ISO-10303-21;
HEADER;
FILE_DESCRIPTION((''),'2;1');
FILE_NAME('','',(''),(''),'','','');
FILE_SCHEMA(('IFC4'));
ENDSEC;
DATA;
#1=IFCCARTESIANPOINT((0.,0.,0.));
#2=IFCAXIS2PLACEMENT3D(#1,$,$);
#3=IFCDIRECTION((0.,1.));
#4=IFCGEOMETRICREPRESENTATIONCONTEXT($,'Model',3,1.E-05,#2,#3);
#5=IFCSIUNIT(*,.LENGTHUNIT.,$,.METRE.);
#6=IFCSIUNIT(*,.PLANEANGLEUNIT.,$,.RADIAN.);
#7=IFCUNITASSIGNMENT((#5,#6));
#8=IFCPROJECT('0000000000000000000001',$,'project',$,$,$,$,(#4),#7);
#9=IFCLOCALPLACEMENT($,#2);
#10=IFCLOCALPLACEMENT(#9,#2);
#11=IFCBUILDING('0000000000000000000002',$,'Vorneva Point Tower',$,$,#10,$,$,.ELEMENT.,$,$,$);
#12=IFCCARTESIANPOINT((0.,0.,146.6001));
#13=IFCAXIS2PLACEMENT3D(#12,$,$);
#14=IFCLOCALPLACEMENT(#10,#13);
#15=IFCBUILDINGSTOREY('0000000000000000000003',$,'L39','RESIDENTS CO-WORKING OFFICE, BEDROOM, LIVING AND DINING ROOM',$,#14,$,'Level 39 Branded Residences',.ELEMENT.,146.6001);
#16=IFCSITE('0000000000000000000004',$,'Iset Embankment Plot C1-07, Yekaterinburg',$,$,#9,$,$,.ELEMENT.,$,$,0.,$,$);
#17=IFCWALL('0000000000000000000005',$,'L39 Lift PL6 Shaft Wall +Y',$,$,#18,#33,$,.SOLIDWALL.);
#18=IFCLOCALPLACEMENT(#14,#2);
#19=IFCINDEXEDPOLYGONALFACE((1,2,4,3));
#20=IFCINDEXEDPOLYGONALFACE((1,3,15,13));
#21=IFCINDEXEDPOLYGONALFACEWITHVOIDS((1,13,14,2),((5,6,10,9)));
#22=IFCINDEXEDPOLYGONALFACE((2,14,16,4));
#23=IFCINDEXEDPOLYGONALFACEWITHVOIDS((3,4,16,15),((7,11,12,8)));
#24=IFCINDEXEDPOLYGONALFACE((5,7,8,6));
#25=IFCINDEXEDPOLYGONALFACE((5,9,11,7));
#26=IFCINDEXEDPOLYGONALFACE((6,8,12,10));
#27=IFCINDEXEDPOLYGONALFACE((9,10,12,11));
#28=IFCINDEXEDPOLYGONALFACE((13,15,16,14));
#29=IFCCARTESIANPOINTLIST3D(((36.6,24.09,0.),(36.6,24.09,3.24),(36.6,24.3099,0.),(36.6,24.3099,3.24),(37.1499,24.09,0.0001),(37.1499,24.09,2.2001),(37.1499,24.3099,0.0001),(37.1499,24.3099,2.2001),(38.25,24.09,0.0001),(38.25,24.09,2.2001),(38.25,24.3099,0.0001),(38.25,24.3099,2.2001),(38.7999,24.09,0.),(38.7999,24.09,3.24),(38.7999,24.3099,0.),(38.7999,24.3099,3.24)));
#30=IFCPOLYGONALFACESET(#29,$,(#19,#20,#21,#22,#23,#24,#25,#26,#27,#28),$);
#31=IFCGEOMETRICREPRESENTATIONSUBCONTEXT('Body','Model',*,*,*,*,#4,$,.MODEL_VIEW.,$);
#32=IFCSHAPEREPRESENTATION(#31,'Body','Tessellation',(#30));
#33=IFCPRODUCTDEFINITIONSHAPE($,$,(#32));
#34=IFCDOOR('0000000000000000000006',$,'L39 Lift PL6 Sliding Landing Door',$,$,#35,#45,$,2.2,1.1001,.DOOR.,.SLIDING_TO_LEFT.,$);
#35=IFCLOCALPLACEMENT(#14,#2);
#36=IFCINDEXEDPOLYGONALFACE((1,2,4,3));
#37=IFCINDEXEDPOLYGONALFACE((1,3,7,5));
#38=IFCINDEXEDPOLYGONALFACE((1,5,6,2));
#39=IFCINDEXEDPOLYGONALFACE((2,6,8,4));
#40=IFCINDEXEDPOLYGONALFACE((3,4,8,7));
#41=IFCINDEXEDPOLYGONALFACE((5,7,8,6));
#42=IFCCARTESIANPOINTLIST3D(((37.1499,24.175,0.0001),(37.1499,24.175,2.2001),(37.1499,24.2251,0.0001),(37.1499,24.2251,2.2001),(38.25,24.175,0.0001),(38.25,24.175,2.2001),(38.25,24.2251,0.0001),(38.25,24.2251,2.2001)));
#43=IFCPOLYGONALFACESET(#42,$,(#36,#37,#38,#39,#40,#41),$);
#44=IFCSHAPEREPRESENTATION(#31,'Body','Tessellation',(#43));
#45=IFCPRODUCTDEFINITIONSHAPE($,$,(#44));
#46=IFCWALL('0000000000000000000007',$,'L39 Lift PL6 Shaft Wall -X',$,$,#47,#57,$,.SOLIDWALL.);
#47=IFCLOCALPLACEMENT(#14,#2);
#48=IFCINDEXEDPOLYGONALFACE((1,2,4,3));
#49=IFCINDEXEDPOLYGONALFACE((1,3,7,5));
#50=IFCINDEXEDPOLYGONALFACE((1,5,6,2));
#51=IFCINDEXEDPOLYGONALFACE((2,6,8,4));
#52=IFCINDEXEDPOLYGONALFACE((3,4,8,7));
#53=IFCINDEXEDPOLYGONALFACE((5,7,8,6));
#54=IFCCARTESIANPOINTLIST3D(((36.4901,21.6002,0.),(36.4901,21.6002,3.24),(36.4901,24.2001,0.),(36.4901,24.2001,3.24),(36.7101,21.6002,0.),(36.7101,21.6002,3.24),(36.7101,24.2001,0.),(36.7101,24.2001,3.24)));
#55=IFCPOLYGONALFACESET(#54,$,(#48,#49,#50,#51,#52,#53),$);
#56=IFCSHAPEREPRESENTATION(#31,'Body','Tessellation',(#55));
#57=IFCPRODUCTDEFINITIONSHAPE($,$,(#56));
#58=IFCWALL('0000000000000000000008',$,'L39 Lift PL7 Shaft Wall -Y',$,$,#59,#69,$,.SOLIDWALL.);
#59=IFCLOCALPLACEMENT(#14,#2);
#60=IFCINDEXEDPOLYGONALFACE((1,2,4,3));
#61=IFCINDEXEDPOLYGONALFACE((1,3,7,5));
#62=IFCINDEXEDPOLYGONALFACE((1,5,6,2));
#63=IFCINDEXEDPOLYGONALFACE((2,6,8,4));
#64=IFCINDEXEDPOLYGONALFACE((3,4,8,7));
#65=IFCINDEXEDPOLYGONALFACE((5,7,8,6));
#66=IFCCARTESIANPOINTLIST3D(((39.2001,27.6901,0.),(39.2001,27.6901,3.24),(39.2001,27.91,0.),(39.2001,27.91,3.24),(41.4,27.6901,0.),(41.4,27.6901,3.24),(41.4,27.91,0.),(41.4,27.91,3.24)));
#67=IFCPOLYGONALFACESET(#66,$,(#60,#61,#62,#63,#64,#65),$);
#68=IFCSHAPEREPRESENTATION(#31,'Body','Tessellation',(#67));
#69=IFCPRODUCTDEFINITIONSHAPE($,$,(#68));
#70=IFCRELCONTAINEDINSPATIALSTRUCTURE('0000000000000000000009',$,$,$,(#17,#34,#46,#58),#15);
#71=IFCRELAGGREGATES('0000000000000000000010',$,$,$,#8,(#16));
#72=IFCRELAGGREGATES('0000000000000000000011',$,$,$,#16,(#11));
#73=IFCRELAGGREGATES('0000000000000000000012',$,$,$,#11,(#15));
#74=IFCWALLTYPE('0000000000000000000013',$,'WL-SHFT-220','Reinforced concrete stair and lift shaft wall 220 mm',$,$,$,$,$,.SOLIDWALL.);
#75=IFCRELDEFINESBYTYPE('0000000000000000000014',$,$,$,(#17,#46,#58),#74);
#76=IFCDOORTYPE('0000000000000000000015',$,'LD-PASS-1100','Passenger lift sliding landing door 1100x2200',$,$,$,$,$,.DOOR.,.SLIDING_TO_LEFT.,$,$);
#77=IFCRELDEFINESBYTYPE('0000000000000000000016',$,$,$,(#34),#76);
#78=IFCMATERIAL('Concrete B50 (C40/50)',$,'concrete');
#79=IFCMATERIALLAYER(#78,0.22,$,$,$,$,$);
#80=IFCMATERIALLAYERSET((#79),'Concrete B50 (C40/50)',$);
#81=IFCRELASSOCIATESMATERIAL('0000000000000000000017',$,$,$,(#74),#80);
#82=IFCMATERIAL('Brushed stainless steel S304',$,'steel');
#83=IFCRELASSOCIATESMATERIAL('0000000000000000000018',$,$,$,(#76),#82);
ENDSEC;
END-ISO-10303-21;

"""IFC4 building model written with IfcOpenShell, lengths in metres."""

from ifc_helpers import new_model, si_unit, direction, frame, frame_2d, origin, place, context, subcontext, project, spatial, rectangle, extrude, material, layer, layer_set, type_object, element, fill, save


model = new_model("IFC4")

# Units and contexts
model_context = context("Model", 3, precision=1e-05, world=origin(), true_north=direction((0.0, 1.0)))
body_context = subcontext(model_context, "Body", "Model", "MODEL_VIEW")
ifc_project = project(units=[si_unit("LENGTHUNIT", "METRE"), si_unit("PLANEANGLEUNIT", "RADIAN")], contexts=[model_context])

# Site, building, storey
site_placement = place(None, origin())
site = spatial("IfcSite", under=ifc_project, at=site_placement, Name="Iset Embankment Plot C1-07, Yekaterinburg", CompositionType="ELEMENT", RefElevation=0.0)
building_placement = place(site_placement, origin())
building = spatial("IfcBuilding", under=site, at=building_placement, Name="Vorneva Point Tower", CompositionType="ELEMENT")
storey_placement = place(building_placement, frame((0.0, 0.0, 146.6001)))
storey = spatial("IfcBuildingStorey", under=building, at=storey_placement, Name="L39", Description="RESIDENTS CO-WORKING OFFICE, BEDROOM, LIVING AND DINING ROOM", LongName="Level 39 Branded Residences", CompositionType="ELEMENT", Elevation=146.6001)

# Shared definitions
ifc_material_1 = material(Name="Concrete B50 (C40/50)", Category="concrete")
ifc_layer_1 = layer(ifc_material_1, 0.22)
ifc_layer_set_1 = layer_set([ifc_layer_1], Name="Concrete B50 (C40/50)")
wall_type_1 = type_object("IfcWallType", Name="WL-SHFT-220", Description="Reinforced concrete stair and lift shaft wall 220 mm", PredefinedType="SOLIDWALL", material=ifc_layer_set_1)

# Shared definitions
ifc_material_2 = material(Name="Brushed stainless steel S304", Category="steel")
door_type_1 = type_object("IfcDoorType", Name="LD-PASS-1100", Description="Passenger lift sliding landing door 1100x2200", OperationType="SLIDING_TO_LEFT", PredefinedType="DOOR", material=ifc_material_2)

# Wall, opening, door
wall_1_placement = place(storey_placement, frame((38.8, 24.2, 0.0), z_axis=(0.0, 0.0, 1.0), x_axis=(-1.0, 0.0, 0.0)))
wall_1 = element("IfcWall", 1, at=wall_1_placement, inside=storey, type_object=wall_type_1, Name="L39 Lift PL6 Shaft Wall +Y", PredefinedType="SOLIDWALL", context=body_context, shape_type="SweptSolid", body=[
    extrude(rectangle(XDim=2.2, YDim=0.22, at=frame_2d((1.1001, 0.0))), origin(), (0.0, 0.0, 1.0), 3.24),
])
opening_1_placement = place(wall_1_placement, frame((0.55, 0.0, 0.0)))
opening_1 = element("IfcOpeningElement", 2, at=opening_1_placement, cuts=wall_1, PredefinedType="OPENING", context=body_context, shape_type="SweptSolid", body=[
    extrude(rectangle(XDim=1.1001, YDim=2.2, at=frame_2d((0.55, 1.1001))), frame((0.0, 0.125, 0.0), z_axis=(0.0, -1.0, 0.0), x_axis=(1.0, 0.0, 0.0)), (0.0, 0.0, 1.0), 0.2498),
])
door_1_placement = place(opening_1_placement, origin())
door_1 = element("IfcDoor", 3, at=door_1_placement, inside=storey, type_object=door_type_1, Name="L39 Lift PL6 Sliding Landing Door", OperationType="SLIDING_TO_LEFT", OverallHeight=2.2, OverallWidth=1.1001, PredefinedType="DOOR", context=body_context, shape_type="SweptSolid", body=[
    extrude(rectangle(XDim=1.1001, YDim=2.2, at=frame_2d((0.55, 1.1001))), frame((0.0, 0.0249, 0.0), z_axis=(0.0, -1.0, 0.0), x_axis=(1.0, 0.0, 0.0)), (0.0, 0.0, 1.0), 0.05),
])
fill(opening_1, door_1)

# Walls
wall_2_placement = place(storey_placement, frame((36.6001, 24.2, 0.0), z_axis=(0.0, 0.0, 1.0), x_axis=(0.0, -1.0, 0.0)))
element("IfcWall", 4, at=wall_2_placement, inside=storey, type_object=wall_type_1, Name="L39 Lift PL6 Shaft Wall -X", PredefinedType="SOLIDWALL", context=body_context, shape_type="SweptSolid", body=[
    extrude(rectangle(XDim=2.5999, YDim=0.22, at=frame_2d((1.2998, 0.0))), origin(), (0.0, 0.0, 1.0), 3.24),
])
wall_3_placement = place(storey_placement, frame((39.2, 27.8, 0.0), z_axis=(0.0, 0.0, 1.0), x_axis=(1.0, 0.0, 0.0)))
element("IfcWall", 5, at=wall_3_placement, inside=storey, type_object=wall_type_1, Name="L39 Lift PL7 Shaft Wall -Y", PredefinedType="SOLIDWALL", context=body_context, shape_type="SweptSolid", body=[
    extrude(rectangle(XDim=2.2, YDim=0.22, at=frame_2d((1.1001, 0.0))), origin(), (0.0, 0.0, 1.0), 3.24),
])

save(model, "model.ifc")
